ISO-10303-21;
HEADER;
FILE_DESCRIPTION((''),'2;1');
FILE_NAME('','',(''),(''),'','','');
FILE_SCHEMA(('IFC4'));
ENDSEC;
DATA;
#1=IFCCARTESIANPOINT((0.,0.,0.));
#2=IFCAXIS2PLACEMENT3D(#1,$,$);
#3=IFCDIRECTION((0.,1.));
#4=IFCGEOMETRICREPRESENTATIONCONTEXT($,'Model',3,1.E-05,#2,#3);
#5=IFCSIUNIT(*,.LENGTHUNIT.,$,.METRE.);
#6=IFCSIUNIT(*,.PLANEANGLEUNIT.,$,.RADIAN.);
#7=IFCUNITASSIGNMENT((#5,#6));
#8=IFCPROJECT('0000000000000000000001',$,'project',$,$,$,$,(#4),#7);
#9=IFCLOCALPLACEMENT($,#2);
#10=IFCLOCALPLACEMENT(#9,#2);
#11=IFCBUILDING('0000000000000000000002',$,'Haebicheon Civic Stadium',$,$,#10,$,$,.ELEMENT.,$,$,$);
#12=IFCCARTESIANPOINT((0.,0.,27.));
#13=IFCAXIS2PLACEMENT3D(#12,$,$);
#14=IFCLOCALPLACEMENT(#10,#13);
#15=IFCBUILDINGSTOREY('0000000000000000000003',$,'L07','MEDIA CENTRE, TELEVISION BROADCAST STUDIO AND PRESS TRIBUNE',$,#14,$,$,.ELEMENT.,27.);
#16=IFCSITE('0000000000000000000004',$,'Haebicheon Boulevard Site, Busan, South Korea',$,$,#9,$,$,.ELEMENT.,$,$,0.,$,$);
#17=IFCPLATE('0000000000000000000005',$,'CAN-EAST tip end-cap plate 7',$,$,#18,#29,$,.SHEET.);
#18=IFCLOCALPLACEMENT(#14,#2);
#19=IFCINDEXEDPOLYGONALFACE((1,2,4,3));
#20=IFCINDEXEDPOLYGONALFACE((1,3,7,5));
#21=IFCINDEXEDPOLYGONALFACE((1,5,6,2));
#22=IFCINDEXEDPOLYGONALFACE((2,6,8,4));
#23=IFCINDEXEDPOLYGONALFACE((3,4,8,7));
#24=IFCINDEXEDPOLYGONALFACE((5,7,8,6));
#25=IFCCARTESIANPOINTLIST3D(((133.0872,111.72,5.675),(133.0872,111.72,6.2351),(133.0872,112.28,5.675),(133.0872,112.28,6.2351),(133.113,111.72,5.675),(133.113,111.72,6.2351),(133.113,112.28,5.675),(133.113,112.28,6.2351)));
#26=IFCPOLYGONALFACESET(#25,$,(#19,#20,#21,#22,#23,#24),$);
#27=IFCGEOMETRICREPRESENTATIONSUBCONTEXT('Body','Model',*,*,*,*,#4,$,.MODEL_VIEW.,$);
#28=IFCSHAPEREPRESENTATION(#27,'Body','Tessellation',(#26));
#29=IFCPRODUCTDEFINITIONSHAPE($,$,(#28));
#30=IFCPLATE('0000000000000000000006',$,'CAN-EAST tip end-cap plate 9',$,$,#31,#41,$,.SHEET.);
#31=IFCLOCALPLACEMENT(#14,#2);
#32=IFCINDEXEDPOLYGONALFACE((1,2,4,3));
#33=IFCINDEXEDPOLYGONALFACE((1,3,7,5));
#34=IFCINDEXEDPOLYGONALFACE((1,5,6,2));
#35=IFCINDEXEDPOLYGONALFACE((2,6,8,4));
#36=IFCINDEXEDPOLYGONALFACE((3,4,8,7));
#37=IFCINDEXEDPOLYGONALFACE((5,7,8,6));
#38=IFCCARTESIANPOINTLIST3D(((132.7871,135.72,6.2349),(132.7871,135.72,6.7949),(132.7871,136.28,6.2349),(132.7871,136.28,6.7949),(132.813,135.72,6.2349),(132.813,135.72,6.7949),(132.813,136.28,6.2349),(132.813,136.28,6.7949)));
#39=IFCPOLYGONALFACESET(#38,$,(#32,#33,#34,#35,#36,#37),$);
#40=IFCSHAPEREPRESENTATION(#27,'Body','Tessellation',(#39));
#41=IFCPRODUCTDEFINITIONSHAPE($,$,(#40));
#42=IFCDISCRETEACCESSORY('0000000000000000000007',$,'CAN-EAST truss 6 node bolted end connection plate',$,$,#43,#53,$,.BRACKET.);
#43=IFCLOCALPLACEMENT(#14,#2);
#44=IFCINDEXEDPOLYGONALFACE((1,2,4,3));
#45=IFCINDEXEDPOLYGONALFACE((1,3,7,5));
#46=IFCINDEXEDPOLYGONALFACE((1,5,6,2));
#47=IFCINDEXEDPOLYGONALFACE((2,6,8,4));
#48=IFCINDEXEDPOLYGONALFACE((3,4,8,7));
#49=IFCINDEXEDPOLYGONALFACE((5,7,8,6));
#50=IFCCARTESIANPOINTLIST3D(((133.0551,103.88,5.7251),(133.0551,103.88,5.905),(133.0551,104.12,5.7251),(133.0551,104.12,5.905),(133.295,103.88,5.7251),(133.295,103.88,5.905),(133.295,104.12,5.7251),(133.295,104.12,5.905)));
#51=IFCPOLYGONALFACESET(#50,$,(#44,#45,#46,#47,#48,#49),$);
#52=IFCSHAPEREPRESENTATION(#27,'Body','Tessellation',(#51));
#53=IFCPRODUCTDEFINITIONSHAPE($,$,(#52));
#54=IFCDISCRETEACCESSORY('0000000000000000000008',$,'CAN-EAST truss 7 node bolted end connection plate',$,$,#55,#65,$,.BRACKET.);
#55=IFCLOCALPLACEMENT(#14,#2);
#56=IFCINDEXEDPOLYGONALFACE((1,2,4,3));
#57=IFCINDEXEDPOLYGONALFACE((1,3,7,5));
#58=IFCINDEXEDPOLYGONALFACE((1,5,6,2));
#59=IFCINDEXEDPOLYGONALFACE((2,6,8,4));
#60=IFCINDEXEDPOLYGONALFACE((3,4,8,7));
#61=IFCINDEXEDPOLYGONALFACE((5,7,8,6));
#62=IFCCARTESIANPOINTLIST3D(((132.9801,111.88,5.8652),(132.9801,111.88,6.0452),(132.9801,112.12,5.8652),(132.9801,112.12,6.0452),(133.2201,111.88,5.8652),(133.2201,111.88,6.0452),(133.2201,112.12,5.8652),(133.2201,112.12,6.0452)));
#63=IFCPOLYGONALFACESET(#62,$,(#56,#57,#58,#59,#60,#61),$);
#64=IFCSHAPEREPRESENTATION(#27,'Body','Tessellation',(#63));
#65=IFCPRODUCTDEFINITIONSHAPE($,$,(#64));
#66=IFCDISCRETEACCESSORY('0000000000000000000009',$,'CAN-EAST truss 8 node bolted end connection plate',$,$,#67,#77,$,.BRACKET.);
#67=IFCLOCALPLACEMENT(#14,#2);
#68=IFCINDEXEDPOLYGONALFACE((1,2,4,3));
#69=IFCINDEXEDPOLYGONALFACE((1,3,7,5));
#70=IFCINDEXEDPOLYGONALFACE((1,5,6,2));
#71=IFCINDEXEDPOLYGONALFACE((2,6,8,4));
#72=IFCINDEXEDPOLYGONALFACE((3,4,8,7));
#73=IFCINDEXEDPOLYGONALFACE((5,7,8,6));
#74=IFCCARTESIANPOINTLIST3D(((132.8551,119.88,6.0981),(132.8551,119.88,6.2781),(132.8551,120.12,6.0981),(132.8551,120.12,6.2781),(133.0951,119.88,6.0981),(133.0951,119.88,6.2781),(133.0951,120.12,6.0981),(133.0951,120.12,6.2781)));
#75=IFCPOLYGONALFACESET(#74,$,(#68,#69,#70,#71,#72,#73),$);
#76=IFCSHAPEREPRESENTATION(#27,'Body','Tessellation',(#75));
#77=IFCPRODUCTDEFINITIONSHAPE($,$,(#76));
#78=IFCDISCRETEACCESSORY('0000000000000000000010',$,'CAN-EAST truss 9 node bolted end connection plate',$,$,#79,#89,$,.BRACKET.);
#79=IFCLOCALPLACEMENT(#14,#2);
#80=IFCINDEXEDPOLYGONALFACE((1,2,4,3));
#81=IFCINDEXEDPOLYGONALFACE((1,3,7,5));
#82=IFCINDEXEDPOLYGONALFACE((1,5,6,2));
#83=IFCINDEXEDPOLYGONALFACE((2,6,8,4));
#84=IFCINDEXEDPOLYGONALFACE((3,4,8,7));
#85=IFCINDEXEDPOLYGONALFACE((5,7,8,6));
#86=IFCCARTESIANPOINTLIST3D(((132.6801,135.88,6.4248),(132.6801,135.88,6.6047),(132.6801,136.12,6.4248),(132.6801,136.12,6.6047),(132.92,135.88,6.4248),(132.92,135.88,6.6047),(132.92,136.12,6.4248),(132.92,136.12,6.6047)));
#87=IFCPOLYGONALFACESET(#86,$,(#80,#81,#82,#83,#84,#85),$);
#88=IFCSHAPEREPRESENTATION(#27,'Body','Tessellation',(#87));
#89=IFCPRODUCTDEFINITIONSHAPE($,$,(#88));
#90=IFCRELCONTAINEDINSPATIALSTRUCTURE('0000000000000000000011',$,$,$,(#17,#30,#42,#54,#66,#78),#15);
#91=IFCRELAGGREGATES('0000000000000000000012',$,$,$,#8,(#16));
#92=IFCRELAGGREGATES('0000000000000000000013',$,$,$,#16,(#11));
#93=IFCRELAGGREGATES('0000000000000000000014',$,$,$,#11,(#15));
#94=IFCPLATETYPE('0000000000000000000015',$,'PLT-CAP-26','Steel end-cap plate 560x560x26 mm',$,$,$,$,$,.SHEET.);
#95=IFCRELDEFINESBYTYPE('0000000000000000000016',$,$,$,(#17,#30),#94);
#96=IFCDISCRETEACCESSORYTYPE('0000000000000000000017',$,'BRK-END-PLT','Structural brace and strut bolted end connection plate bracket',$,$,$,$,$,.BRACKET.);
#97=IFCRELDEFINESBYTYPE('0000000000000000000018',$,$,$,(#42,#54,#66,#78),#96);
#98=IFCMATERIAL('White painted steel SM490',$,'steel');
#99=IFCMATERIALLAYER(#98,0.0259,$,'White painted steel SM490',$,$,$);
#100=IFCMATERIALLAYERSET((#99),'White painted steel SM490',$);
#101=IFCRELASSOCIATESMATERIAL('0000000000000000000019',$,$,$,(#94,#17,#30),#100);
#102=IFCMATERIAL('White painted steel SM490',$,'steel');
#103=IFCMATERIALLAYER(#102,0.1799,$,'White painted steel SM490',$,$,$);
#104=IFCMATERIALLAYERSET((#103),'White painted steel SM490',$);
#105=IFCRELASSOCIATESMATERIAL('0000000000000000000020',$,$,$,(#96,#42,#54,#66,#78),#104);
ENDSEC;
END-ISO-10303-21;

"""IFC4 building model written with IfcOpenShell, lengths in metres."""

from ifc_helpers import new_model, si_unit, direction, frame, origin, origin_2d, place, context, subcontext, project, spatial, rectangle, extrude, material, layer, layer_set, type_object, element, save


model = new_model("IFC4")

# Units and contexts
model_context = context("Model", 3, precision=1e-05, world=origin(), true_north=direction((0.0, 1.0)))
body_context = subcontext(model_context, "Body", "Model", "MODEL_VIEW")
ifc_project = project(units=[si_unit("LENGTHUNIT", "METRE"), si_unit("PLANEANGLEUNIT", "RADIAN")], contexts=[model_context])

# Site, building, storey
site_placement = place(None, origin())
site = spatial("IfcSite", under=ifc_project, at=site_placement, Name="Haebicheon Boulevard Site, Busan, South Korea", CompositionType="ELEMENT", RefElevation=0.0)
building_placement = place(site_placement, origin())
building = spatial("IfcBuilding", under=site, at=building_placement, Name="Haebicheon Civic Stadium", CompositionType="ELEMENT")
storey_placement = place(building_placement, frame((0.0, 0.0, 27.0)))
storey = spatial("IfcBuildingStorey", under=building, at=storey_placement, Name="L07", Description="MEDIA CENTRE, TELEVISION BROADCAST STUDIO AND PRESS TRIBUNE", CompositionType="ELEMENT", Elevation=27.0)

# Plates
ifc_material_1 = material(Name="White painted steel SM490", Category="steel")
ifc_layer_1 = layer(ifc_material_1, 0.0259, Name="White painted steel SM490")
ifc_layer_set_1 = layer_set([ifc_layer_1], Name="White painted steel SM490")
plate_type_1 = type_object("IfcPlateType", Name="PLT-CAP-26", Description="Steel end-cap plate 560x560x26 mm", PredefinedType="SHEET", material=ifc_layer_set_1)
for number, where, z_axis, x_axis, name in (
    (1, (133.1001, 112.0, 5.675), (0.0, 0.0, 1.0), (0.0, 1.0, 0.0), "CAN-EAST tip end-cap plate 7"),
    (2, (132.8, 136.0, 6.2349), (0.0, 0.0, 1.0), (0.0, 1.0, 0.0), "CAN-EAST tip end-cap plate 9"),
):
    element("IfcPlate", number, at=place(storey_placement, frame(where, z_axis=z_axis, x_axis=x_axis)), inside=storey, type_object=plate_type_1, material=ifc_layer_set_1, Name=name, PredefinedType="SHEET", context=body_context, shape_type="SweptSolid", body=[
        extrude(rectangle(XDim=0.5601, YDim=0.0259, at=origin_2d()), origin(), (0.0, 0.0, 1.0), 0.5601),
    ])

# Discrete accessories
ifc_material_2 = material(Name="White painted steel SM490", Category="steel")
ifc_layer_2 = layer(ifc_material_2, 0.1799, Name="White painted steel SM490")
ifc_layer_set_2 = layer_set([ifc_layer_2], Name="White painted steel SM490")
discrete_accessory_type = type_object("IfcDiscreteAccessoryType", Name="BRK-END-PLT", Description="Structural brace and strut bolted end connection plate bracket", PredefinedType="BRACKET", material=ifc_layer_set_2)
for number, where, z_axis, x_axis, name in (
    (3, (133.175, 104.0, 5.7251), (0.0, 0.0, 1.0), (1.0, 0.0, 0.0), "CAN-EAST truss 6 node bolted end connection plate"),
    (4, (133.1001, 112.0, 5.8652), (0.0, 0.0, 1.0), (1.0, 0.0, 0.0), "CAN-EAST truss 7 node bolted end connection plate"),
    (5, (132.9751, 120.0, 6.0981), (0.0, 0.0, 1.0), (1.0, 0.0, 0.0), "CAN-EAST truss 8 node bolted end connection plate"),
    (6, (132.8, 136.0, 6.4248), (0.0, 0.0, 1.0), (1.0, 0.0, 0.0), "CAN-EAST truss 9 node bolted end connection plate"),
):
    element("IfcDiscreteAccessory", number, at=place(storey_placement, frame(where, z_axis=z_axis, x_axis=x_axis)), inside=storey, type_object=discrete_accessory_type, material=ifc_layer_set_2, Name=name, PredefinedType="BRACKET", context=body_context, shape_type="SweptSolid", body=[
        extrude(rectangle(XDim=0.24, YDim=0.24, at=origin_2d()), origin(), (0.0, 0.0, 1.0), 0.1799),
    ])

save(model, "model.ifc")
